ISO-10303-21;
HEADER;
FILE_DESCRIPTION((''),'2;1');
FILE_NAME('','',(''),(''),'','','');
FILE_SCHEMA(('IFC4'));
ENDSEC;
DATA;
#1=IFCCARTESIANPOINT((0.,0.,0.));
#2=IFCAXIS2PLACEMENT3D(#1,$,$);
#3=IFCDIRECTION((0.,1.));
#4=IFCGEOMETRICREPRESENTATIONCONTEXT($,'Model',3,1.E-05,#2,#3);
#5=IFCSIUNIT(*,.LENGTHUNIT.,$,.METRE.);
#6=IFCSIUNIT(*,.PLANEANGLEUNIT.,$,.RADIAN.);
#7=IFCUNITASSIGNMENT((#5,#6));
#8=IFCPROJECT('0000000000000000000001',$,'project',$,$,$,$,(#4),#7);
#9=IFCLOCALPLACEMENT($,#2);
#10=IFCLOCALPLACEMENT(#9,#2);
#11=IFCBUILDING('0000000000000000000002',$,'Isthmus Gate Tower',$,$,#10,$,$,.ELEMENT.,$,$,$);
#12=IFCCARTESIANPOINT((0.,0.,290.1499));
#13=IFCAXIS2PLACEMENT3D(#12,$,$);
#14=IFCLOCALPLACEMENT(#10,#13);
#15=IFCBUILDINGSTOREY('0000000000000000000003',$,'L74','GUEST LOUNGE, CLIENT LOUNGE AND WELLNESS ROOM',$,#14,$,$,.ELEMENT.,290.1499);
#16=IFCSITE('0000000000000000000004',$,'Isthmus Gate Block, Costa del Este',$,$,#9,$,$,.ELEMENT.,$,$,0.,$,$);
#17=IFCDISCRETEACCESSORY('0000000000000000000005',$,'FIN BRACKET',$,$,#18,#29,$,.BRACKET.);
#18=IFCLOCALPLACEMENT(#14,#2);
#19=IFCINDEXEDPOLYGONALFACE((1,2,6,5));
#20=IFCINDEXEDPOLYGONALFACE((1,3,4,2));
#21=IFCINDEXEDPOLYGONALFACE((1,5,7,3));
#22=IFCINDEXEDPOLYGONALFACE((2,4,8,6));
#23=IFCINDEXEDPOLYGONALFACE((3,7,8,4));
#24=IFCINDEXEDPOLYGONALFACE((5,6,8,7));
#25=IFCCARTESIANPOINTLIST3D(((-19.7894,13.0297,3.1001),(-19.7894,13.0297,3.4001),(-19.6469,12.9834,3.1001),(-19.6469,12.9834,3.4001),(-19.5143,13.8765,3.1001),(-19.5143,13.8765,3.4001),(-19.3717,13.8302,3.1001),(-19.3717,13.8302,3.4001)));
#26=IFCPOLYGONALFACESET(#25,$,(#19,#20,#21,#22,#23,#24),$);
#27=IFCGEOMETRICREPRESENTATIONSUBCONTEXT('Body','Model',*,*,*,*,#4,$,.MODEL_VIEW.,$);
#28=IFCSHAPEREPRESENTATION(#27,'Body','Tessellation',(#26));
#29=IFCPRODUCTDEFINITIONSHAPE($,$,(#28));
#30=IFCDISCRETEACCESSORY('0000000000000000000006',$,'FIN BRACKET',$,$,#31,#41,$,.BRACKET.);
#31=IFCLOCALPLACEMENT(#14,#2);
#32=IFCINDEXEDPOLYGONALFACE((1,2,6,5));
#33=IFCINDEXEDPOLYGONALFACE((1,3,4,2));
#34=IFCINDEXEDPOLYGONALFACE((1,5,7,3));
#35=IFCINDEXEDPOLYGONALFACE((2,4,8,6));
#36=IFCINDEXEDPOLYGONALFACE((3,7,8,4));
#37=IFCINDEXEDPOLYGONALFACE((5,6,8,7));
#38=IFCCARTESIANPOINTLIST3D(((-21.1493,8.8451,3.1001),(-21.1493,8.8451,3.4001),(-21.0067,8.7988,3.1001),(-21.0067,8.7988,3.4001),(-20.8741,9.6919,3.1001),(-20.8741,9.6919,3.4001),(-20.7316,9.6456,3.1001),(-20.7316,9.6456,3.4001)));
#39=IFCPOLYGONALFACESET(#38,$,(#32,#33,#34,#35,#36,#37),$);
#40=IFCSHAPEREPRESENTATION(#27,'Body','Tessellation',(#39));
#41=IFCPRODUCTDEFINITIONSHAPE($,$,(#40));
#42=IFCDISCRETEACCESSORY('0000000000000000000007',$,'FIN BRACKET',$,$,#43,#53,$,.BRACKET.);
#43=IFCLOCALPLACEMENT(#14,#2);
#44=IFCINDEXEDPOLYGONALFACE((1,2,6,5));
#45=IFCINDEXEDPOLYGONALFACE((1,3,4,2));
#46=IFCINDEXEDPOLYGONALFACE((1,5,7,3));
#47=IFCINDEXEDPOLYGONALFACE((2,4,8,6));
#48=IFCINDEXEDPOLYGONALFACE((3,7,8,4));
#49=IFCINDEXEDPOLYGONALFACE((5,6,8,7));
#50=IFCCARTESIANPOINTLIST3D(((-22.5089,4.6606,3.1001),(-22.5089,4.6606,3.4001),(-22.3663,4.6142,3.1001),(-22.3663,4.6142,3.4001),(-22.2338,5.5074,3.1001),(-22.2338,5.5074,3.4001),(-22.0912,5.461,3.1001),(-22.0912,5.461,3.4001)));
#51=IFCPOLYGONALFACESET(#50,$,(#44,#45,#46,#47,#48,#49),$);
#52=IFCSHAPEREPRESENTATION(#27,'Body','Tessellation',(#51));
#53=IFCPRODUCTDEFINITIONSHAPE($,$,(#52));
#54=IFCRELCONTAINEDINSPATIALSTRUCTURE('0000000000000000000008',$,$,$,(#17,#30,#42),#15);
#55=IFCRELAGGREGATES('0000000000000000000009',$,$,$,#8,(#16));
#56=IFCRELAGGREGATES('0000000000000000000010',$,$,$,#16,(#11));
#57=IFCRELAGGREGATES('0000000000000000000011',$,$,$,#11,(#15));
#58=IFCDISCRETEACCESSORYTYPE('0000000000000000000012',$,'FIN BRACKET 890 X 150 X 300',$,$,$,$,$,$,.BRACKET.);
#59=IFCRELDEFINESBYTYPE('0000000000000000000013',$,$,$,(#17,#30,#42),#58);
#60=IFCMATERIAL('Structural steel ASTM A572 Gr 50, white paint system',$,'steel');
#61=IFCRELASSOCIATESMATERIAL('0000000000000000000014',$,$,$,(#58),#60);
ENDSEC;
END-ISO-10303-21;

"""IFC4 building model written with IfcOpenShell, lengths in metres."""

from ifc_helpers import new_model, si_unit, direction, frame, origin, origin_2d, place, context, subcontext, project, spatial, rectangle, extrude, material, type_object, element, save


model = new_model("IFC4")

# Units and contexts
model_context = context("Model", 3, precision=1e-05, world=origin(), true_north=direction((0.0, 1.0)))
body_context = subcontext(model_context, "Body", "Model", "MODEL_VIEW")
ifc_project = project(units=[si_unit("LENGTHUNIT", "METRE"), si_unit("PLANEANGLEUNIT", "RADIAN")], contexts=[model_context])

# Site, building, storey
site_placement = place(None, origin())
site = spatial("IfcSite", under=ifc_project, at=site_placement, Name="Isthmus Gate Block, Costa del Este", CompositionType="ELEMENT", RefElevation=0.0)
building_placement = place(site_placement, origin())
building = spatial("IfcBuilding", under=site, at=building_placement, Name="Isthmus Gate Tower", CompositionType="ELEMENT")
storey_placement = place(building_placement, frame((0.0, 0.0, 290.1499)))
storey = spatial("IfcBuildingStorey", under=building, at=storey_placement, Name="L74", Description="GUEST LOUNGE, CLIENT LOUNGE AND WELLNESS ROOM", CompositionType="ELEMENT", Elevation=290.1499)

# Discrete accessories
ifc_material_1 = material(Name="Structural steel ASTM A572 Gr 50, white paint system", Category="steel")
discrete_accessory_type = type_object("IfcDiscreteAccessoryType", Name="FIN BRACKET 890 X 150 X 300", PredefinedType="BRACKET", material=ifc_material_1)
for number, where, z_axis, x_axis, name in (
    (1, (-19.5806, 13.4299, 3.1001), (0.0, 0.0, 1.0), (-0.951057, 0.309017, 0.0), "FIN BRACKET"),
    (2, (-20.9404, 9.2454, 3.1001), (0.0, 0.0, 1.0), (-0.951057, 0.309017, 0.0), "FIN BRACKET"),
    (3, (-22.3, 5.0608, 3.1001), (0.0, 0.0, 1.0), (-0.951057, 0.309017, 0.0), "FIN BRACKET"),
):
    element("IfcDiscreteAccessory", number, at=place(storey_placement, frame(where, z_axis=z_axis, x_axis=x_axis)), inside=storey, type_object=discrete_accessory_type, Name=name, PredefinedType="BRACKET", context=body_context, shape_type="SweptSolid", body=[
        extrude(rectangle(XDim=0.1499, YDim=0.8904, at=origin_2d()), origin(), (0.0, 0.0, 1.0), 0.3),
    ])

save(model, "model.ifc")
